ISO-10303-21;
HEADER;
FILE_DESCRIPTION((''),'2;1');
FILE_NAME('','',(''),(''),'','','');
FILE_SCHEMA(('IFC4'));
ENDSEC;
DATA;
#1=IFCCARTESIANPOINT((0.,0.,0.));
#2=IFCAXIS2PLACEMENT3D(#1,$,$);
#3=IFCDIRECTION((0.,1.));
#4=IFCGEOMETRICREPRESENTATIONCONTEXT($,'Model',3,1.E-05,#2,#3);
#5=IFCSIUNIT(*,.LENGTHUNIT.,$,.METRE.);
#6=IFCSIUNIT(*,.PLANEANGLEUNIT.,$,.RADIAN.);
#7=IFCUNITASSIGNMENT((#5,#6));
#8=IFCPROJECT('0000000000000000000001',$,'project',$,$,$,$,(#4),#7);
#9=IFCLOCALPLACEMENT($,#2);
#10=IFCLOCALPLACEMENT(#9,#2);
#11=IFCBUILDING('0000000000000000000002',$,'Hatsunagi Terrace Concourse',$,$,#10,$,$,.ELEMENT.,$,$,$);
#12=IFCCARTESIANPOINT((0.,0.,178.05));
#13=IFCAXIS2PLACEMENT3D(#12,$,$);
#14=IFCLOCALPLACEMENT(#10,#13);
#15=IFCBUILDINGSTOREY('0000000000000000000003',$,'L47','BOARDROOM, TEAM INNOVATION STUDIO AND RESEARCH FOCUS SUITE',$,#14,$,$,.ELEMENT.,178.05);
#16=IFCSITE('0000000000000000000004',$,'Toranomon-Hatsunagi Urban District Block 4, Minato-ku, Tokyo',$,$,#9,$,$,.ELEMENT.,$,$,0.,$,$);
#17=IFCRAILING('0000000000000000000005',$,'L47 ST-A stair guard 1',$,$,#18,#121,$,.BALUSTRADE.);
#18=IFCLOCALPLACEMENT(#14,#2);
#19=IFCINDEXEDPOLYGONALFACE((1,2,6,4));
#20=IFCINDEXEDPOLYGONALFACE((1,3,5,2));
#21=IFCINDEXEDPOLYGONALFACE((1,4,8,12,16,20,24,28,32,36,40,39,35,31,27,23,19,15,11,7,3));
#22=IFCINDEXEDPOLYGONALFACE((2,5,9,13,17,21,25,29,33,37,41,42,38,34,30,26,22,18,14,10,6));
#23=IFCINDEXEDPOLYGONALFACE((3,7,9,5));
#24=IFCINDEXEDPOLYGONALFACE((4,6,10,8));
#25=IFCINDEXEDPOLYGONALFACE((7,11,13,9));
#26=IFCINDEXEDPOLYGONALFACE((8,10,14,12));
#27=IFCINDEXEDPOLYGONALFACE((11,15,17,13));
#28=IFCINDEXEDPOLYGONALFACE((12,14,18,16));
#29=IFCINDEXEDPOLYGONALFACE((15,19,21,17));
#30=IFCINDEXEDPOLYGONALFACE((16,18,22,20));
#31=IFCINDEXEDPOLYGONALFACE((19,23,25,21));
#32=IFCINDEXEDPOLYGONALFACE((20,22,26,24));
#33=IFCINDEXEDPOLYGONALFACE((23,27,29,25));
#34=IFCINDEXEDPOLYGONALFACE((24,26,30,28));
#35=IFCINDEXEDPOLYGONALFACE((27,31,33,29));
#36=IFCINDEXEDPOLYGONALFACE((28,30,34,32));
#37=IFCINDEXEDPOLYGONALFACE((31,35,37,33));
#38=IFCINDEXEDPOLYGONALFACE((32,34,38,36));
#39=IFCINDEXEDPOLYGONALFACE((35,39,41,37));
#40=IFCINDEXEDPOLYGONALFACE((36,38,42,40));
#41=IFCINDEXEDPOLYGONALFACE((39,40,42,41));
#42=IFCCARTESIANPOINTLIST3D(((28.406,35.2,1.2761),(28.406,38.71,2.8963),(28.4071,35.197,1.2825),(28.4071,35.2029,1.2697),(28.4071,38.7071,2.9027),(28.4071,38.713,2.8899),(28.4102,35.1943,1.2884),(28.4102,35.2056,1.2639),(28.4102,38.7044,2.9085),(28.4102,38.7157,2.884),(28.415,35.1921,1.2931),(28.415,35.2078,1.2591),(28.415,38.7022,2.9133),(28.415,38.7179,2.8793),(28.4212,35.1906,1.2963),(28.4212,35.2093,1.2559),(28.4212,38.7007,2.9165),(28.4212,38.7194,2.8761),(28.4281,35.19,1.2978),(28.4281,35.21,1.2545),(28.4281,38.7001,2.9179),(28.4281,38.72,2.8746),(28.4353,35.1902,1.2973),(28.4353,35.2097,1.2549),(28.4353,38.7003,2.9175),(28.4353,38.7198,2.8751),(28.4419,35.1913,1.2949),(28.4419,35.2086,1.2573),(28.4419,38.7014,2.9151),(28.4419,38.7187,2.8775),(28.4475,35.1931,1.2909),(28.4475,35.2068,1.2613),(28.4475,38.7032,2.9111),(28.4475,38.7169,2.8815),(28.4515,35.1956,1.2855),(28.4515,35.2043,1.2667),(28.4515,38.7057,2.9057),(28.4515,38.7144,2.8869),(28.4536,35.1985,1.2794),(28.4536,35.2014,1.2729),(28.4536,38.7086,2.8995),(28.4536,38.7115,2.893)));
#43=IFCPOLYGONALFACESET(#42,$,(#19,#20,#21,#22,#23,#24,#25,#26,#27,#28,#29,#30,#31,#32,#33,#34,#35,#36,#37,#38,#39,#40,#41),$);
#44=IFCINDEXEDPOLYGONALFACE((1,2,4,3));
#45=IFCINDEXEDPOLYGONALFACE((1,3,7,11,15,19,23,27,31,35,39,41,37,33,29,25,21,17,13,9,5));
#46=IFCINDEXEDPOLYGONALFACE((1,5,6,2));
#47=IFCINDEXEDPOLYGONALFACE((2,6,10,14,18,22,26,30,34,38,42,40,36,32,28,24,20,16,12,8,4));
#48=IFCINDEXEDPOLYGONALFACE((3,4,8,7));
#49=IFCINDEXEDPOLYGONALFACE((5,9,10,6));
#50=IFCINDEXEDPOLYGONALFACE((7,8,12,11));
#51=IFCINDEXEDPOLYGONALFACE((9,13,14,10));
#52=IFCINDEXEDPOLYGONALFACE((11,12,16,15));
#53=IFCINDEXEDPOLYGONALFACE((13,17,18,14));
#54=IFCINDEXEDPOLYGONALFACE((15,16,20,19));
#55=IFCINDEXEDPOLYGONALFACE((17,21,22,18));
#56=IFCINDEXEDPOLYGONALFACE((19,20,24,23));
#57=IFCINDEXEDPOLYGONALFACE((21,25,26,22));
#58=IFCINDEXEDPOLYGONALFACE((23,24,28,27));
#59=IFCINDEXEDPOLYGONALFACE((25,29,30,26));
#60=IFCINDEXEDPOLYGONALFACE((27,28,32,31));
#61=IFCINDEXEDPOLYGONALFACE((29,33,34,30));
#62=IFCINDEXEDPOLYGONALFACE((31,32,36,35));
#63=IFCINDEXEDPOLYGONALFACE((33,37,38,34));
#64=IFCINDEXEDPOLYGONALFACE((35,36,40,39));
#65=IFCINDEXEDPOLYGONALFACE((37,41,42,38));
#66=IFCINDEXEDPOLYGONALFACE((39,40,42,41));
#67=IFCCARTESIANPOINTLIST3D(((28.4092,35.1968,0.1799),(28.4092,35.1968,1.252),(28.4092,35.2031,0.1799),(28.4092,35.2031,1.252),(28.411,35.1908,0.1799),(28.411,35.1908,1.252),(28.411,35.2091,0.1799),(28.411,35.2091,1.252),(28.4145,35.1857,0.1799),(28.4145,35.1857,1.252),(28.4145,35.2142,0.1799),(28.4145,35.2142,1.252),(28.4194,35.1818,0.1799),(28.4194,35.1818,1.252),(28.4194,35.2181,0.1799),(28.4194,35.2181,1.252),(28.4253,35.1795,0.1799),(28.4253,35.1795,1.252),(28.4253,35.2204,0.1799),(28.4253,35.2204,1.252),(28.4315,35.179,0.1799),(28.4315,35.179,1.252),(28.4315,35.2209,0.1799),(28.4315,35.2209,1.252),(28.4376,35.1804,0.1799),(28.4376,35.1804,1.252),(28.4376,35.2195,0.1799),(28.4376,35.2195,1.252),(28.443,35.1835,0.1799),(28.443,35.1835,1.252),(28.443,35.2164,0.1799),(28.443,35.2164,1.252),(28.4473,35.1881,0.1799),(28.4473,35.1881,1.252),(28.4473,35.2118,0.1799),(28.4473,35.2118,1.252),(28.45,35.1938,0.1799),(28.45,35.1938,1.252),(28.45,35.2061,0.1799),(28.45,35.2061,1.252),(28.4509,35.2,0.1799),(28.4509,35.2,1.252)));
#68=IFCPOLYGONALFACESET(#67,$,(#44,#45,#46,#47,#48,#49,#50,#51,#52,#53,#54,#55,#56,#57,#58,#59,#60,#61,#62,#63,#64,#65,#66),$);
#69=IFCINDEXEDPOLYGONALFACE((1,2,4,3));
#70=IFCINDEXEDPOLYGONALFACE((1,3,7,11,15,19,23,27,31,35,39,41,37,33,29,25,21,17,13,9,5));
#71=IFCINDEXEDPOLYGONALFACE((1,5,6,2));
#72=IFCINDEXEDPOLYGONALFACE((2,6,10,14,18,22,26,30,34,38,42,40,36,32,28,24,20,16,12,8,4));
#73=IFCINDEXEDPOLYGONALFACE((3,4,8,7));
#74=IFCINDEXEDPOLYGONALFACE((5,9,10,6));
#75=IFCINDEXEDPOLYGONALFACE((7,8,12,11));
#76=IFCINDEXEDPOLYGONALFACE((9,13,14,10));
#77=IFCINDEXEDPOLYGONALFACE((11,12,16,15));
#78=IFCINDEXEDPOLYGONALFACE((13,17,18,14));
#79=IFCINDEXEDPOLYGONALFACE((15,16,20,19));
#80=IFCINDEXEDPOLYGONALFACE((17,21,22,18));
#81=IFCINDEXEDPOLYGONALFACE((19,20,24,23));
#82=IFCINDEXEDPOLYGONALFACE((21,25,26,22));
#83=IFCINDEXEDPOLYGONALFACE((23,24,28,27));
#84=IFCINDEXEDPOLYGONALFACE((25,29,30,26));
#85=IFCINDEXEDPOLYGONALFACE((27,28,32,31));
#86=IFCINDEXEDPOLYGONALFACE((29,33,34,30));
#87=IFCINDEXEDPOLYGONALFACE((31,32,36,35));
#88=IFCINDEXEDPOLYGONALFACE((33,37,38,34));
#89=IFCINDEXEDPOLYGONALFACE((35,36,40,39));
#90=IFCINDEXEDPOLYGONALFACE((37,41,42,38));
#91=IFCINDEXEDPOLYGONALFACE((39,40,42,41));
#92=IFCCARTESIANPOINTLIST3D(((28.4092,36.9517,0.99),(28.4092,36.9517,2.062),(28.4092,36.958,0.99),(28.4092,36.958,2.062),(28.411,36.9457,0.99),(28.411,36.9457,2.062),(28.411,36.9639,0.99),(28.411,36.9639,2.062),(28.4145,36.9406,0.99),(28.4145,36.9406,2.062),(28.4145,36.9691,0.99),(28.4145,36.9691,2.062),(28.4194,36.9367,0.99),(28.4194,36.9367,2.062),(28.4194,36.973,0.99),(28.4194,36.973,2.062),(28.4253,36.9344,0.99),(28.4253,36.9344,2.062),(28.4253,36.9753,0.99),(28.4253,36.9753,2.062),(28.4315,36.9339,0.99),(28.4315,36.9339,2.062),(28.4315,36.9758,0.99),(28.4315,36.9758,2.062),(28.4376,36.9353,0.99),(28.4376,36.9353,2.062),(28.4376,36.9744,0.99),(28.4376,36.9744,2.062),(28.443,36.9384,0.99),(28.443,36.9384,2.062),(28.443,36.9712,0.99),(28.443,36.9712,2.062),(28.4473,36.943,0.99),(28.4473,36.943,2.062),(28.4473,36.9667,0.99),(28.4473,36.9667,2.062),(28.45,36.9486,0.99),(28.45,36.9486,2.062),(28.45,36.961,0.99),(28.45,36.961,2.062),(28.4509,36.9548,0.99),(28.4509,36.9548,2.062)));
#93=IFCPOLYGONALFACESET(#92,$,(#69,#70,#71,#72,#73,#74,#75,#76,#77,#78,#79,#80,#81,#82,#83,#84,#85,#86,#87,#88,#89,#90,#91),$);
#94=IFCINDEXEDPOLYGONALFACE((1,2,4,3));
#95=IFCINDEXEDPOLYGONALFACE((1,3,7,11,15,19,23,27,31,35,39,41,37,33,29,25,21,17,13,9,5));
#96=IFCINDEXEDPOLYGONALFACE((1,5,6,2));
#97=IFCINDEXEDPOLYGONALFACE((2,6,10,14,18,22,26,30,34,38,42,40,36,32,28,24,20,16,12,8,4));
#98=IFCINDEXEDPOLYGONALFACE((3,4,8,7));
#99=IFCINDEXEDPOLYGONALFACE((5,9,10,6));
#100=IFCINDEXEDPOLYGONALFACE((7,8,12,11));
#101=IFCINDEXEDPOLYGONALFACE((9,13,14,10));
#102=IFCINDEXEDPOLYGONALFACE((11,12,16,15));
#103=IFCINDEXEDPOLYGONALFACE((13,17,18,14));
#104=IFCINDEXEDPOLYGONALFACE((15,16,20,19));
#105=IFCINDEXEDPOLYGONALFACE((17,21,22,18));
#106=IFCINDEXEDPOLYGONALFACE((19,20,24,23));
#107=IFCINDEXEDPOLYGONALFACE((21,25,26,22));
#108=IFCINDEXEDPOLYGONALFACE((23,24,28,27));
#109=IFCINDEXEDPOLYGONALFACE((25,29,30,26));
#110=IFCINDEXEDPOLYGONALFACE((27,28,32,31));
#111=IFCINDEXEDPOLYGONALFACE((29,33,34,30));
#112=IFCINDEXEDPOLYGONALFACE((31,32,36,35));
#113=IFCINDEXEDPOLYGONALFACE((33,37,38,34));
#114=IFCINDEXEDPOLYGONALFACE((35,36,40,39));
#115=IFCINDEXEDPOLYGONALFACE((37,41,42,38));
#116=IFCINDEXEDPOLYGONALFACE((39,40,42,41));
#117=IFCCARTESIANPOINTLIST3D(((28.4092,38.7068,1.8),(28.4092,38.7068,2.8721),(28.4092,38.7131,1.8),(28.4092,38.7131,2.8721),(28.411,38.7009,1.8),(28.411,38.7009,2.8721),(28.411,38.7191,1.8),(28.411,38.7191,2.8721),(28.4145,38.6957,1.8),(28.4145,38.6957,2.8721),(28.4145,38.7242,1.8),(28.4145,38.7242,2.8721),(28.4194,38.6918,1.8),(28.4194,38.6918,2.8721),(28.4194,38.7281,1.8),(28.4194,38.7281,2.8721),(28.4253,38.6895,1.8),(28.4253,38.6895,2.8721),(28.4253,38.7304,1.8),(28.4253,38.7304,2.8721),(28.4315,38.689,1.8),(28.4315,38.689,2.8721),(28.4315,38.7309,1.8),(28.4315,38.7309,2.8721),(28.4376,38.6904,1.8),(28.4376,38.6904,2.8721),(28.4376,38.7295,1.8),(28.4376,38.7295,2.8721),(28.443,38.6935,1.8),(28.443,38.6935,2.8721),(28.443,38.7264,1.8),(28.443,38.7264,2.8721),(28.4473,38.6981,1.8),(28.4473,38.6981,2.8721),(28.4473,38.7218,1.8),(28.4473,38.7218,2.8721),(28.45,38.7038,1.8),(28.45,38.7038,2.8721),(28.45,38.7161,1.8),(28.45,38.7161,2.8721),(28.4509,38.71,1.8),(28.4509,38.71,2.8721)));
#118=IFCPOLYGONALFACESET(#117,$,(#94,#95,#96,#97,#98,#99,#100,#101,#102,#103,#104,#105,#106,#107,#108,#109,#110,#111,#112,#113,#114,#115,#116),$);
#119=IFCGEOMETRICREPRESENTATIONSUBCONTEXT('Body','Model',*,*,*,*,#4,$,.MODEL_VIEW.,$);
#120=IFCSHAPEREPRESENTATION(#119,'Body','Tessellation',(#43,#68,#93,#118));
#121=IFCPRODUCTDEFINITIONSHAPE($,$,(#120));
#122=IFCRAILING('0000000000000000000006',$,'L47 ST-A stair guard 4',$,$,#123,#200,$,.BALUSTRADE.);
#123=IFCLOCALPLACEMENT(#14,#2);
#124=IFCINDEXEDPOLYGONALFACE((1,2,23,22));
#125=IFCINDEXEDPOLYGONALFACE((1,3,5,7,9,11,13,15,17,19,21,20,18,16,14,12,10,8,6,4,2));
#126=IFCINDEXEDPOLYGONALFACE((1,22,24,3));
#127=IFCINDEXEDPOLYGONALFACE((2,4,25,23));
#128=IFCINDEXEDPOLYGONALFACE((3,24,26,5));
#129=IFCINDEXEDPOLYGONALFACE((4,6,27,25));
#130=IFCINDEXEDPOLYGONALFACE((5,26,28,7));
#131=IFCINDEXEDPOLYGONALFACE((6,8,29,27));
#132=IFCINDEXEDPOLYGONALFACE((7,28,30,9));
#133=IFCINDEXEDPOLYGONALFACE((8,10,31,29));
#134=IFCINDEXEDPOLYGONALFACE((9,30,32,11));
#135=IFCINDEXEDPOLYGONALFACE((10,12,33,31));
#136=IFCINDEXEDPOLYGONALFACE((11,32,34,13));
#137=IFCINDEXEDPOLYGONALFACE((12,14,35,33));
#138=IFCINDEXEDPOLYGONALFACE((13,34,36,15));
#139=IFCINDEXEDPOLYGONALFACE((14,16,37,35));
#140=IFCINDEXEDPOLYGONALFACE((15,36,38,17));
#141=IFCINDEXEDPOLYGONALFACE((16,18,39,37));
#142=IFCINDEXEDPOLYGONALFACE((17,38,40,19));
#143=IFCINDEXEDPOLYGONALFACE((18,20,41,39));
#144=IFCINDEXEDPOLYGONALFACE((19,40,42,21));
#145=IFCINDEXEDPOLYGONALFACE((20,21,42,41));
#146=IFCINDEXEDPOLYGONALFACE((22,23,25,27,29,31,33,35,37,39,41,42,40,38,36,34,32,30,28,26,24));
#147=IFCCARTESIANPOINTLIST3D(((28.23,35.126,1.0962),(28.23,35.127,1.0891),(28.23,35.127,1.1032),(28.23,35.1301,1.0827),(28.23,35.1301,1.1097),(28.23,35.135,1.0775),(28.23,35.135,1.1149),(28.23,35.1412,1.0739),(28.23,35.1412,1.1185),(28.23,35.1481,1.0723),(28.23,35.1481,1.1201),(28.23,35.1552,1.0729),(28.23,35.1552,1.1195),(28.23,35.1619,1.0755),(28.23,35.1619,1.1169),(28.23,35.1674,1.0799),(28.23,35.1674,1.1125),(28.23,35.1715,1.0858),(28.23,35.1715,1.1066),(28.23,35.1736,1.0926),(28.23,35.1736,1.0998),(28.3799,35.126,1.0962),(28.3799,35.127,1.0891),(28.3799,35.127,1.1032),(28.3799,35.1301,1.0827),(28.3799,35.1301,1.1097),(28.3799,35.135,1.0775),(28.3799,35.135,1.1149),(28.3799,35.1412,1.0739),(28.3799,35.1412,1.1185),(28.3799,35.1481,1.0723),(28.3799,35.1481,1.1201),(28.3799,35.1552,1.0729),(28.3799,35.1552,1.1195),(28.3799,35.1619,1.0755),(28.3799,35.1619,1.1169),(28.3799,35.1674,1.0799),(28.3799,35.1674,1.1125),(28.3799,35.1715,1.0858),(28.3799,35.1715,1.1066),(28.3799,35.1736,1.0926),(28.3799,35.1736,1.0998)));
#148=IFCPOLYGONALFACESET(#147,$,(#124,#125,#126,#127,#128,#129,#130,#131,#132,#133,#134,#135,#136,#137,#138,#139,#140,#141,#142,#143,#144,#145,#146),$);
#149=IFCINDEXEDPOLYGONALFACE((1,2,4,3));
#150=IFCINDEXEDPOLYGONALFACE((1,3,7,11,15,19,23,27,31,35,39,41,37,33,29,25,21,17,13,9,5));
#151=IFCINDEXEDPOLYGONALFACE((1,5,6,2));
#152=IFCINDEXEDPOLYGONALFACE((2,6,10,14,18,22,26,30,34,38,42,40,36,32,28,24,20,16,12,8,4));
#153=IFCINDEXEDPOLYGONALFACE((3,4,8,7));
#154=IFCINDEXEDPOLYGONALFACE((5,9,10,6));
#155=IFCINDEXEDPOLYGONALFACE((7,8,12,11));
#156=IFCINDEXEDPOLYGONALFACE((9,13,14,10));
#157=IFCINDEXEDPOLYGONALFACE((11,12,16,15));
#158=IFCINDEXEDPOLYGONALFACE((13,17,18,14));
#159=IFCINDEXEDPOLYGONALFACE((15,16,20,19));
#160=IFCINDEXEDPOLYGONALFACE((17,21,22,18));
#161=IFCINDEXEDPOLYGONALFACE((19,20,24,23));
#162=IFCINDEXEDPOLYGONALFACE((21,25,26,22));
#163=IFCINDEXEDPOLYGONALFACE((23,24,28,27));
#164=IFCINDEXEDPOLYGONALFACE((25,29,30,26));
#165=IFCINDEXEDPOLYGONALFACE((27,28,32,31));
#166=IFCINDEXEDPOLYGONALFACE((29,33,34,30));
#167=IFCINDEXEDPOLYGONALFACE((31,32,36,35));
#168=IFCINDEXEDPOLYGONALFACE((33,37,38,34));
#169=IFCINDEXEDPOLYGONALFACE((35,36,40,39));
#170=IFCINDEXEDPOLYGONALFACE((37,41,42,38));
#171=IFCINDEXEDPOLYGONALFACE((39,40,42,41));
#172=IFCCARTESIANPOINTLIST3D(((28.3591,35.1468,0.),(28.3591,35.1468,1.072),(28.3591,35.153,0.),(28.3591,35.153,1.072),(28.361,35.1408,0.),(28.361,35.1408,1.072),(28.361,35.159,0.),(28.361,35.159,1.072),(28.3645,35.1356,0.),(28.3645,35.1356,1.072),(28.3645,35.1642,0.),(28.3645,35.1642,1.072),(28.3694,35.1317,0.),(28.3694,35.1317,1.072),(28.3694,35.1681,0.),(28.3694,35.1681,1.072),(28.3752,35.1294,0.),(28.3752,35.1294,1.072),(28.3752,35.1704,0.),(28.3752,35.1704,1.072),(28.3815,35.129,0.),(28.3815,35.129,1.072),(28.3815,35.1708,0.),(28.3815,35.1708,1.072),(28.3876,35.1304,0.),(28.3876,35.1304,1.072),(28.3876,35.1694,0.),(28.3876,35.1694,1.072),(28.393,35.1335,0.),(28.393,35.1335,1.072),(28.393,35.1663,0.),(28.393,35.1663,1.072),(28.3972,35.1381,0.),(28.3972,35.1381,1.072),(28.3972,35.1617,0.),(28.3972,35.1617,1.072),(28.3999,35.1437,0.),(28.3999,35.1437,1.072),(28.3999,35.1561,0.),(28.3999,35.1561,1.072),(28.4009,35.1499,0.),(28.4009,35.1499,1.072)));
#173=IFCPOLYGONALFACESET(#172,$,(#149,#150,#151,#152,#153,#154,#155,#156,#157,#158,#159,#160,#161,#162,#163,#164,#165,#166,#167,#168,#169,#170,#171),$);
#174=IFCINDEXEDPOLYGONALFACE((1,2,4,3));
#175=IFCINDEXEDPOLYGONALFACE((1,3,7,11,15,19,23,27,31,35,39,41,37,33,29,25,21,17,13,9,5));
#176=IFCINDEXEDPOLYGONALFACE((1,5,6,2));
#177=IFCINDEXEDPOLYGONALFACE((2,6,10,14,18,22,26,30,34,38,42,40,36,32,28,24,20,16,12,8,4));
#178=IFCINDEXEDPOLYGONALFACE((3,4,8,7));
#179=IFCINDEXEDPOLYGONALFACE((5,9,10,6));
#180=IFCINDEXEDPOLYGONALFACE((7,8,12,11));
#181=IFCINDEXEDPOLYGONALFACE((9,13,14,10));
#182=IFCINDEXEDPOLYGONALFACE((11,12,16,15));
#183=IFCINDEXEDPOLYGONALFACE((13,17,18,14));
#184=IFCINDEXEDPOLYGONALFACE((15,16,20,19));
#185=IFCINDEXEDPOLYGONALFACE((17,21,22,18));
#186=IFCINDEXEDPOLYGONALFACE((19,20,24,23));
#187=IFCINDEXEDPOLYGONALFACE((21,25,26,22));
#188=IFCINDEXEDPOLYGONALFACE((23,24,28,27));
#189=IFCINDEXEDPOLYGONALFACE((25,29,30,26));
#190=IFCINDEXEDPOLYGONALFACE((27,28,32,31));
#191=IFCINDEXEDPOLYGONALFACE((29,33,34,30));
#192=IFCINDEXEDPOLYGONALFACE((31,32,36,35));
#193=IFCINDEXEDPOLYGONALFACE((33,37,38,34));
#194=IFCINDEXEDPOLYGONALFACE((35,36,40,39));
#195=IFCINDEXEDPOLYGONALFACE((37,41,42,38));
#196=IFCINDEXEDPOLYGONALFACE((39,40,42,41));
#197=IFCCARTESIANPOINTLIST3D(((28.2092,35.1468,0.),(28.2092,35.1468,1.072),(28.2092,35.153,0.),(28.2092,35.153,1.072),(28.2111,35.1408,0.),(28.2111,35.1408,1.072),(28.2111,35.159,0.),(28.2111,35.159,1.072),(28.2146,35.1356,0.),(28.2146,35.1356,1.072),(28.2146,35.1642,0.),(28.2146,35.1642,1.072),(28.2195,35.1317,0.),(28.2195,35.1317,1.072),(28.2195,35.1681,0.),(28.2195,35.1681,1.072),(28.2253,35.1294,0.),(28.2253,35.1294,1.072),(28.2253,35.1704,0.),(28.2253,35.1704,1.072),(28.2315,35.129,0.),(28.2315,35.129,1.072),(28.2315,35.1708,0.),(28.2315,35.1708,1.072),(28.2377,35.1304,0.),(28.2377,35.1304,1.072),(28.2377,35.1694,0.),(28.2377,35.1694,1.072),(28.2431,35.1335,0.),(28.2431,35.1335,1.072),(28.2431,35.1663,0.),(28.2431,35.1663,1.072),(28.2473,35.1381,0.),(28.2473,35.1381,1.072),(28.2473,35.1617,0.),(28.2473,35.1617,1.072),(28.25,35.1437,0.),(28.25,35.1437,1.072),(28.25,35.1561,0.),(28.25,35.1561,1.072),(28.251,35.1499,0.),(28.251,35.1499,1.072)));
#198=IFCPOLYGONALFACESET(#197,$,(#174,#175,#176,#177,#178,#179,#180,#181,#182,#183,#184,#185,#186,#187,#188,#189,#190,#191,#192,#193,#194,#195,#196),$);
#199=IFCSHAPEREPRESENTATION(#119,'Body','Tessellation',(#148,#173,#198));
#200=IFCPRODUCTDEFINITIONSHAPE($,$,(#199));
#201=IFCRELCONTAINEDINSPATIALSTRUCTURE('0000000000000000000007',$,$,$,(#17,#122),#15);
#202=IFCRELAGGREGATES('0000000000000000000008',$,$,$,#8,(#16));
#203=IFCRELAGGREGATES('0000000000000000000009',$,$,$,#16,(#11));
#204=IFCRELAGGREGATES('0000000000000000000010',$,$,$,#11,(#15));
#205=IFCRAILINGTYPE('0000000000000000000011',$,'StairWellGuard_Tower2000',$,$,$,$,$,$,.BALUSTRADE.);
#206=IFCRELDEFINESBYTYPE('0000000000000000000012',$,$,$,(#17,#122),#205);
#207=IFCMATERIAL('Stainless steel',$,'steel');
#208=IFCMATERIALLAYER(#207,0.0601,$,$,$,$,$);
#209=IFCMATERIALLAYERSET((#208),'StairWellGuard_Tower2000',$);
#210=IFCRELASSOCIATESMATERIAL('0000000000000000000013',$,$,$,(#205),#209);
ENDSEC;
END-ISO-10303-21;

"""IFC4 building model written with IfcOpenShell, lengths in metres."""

from ifc_helpers import new_model, si_unit, direction, frame, origin, origin_2d, place, context, subcontext, project, spatial, circle, extrude, material, layer, layer_set, type_object, element, save


model = new_model("IFC4")

# Units and contexts
model_context = context("Model", 3, precision=1e-05, world=origin(), true_north=direction((0.0, 1.0)))
body_context = subcontext(model_context, "Body", "Model", "MODEL_VIEW")
ifc_project = project(units=[si_unit("LENGTHUNIT", "METRE"), si_unit("PLANEANGLEUNIT", "RADIAN")], contexts=[model_context])

# Site, building, storey
site_placement = place(None, origin())
site = spatial("IfcSite", under=ifc_project, at=site_placement, Name="Toranomon-Hatsunagi Urban District Block 4, Minato-ku, Tokyo", CompositionType="ELEMENT", RefElevation=0.0)
building_placement = place(site_placement, origin())
building = spatial("IfcBuilding", under=site, at=building_placement, Name="Hatsunagi Terrace Concourse", CompositionType="ELEMENT")
storey_placement = place(building_placement, frame((0.0, 0.0, 178.05)))
storey = spatial("IfcBuildingStorey", under=building, at=storey_placement, Name="L47", Description="BOARDROOM, TEAM INNOVATION STUDIO AND RESEARCH FOCUS SUITE", CompositionType="ELEMENT", Elevation=178.05)

# Railings
ifc_material_1 = material(Name="Stainless steel", Category="steel")
ifc_layer_1 = layer(ifc_material_1, 0.0601)
ifc_layer_set_1 = layer_set([ifc_layer_1], Name="StairWellGuard_Tower2000")
railing_type_1 = type_object("IfcRailingType", Name="StairWellGuard_Tower2000", PredefinedType="BALUSTRADE", material=ifc_layer_set_1)
railing_1_placement = place(storey_placement, frame((28.4299, 35.2, 0.1799)))
element("IfcRailing", 1, at=railing_1_placement, inside=storey, type_object=railing_type_1, Name="L47 ST-A stair guard 1", PredefinedType="BALUSTRADE", context=body_context, shape_type="SweptSolid", body=[
    extrude(circle(Radius=0.0239, at=origin_2d()), frame((0.0, 0.0, 1.0962), z_axis=(0.0, 0.907948, 0.419082), x_axis=(-1.0, 0.0, 0.0)), (0.0, 0.0, 1.0), 3.866),
    extrude(circle(Radius=0.021, at=origin_2d()), origin(), (0.0, 0.0, 1.0), 1.072),
    extrude(circle(Radius=0.021, at=origin_2d()), frame((0.0, 1.7549, 0.8101)), (0.0, 0.0, 1.0), 1.072),
    extrude(circle(Radius=0.021, at=origin_2d()), frame((0.0, 3.51, 1.6201)), (0.0, 0.0, 1.0), 1.072),
])
railing_2_placement = place(storey_placement, frame((28.3799, 35.1499, 0.0)))
element("IfcRailing", 2, at=railing_2_placement, inside=storey, type_object=railing_type_1, Name="L47 ST-A stair guard 4", PredefinedType="BALUSTRADE", context=body_context, shape_type="SweptSolid", body=[
    extrude(circle(Radius=0.0239, at=origin_2d()), frame((0.0, 0.0, 1.0962), z_axis=(-1.0, 0.0, 0.0), x_axis=(0.0, -1.0, 0.0)), (0.0, 0.0, 1.0), 0.1499),
    extrude(circle(Radius=0.021, at=origin_2d()), origin(), (0.0, 0.0, 1.0), 1.072),
    extrude(circle(Radius=0.021, at=origin_2d()), frame((-0.1499, 0.0, 0.0)), (0.0, 0.0, 1.0), 1.072),
])

save(model, "model.ifc")
